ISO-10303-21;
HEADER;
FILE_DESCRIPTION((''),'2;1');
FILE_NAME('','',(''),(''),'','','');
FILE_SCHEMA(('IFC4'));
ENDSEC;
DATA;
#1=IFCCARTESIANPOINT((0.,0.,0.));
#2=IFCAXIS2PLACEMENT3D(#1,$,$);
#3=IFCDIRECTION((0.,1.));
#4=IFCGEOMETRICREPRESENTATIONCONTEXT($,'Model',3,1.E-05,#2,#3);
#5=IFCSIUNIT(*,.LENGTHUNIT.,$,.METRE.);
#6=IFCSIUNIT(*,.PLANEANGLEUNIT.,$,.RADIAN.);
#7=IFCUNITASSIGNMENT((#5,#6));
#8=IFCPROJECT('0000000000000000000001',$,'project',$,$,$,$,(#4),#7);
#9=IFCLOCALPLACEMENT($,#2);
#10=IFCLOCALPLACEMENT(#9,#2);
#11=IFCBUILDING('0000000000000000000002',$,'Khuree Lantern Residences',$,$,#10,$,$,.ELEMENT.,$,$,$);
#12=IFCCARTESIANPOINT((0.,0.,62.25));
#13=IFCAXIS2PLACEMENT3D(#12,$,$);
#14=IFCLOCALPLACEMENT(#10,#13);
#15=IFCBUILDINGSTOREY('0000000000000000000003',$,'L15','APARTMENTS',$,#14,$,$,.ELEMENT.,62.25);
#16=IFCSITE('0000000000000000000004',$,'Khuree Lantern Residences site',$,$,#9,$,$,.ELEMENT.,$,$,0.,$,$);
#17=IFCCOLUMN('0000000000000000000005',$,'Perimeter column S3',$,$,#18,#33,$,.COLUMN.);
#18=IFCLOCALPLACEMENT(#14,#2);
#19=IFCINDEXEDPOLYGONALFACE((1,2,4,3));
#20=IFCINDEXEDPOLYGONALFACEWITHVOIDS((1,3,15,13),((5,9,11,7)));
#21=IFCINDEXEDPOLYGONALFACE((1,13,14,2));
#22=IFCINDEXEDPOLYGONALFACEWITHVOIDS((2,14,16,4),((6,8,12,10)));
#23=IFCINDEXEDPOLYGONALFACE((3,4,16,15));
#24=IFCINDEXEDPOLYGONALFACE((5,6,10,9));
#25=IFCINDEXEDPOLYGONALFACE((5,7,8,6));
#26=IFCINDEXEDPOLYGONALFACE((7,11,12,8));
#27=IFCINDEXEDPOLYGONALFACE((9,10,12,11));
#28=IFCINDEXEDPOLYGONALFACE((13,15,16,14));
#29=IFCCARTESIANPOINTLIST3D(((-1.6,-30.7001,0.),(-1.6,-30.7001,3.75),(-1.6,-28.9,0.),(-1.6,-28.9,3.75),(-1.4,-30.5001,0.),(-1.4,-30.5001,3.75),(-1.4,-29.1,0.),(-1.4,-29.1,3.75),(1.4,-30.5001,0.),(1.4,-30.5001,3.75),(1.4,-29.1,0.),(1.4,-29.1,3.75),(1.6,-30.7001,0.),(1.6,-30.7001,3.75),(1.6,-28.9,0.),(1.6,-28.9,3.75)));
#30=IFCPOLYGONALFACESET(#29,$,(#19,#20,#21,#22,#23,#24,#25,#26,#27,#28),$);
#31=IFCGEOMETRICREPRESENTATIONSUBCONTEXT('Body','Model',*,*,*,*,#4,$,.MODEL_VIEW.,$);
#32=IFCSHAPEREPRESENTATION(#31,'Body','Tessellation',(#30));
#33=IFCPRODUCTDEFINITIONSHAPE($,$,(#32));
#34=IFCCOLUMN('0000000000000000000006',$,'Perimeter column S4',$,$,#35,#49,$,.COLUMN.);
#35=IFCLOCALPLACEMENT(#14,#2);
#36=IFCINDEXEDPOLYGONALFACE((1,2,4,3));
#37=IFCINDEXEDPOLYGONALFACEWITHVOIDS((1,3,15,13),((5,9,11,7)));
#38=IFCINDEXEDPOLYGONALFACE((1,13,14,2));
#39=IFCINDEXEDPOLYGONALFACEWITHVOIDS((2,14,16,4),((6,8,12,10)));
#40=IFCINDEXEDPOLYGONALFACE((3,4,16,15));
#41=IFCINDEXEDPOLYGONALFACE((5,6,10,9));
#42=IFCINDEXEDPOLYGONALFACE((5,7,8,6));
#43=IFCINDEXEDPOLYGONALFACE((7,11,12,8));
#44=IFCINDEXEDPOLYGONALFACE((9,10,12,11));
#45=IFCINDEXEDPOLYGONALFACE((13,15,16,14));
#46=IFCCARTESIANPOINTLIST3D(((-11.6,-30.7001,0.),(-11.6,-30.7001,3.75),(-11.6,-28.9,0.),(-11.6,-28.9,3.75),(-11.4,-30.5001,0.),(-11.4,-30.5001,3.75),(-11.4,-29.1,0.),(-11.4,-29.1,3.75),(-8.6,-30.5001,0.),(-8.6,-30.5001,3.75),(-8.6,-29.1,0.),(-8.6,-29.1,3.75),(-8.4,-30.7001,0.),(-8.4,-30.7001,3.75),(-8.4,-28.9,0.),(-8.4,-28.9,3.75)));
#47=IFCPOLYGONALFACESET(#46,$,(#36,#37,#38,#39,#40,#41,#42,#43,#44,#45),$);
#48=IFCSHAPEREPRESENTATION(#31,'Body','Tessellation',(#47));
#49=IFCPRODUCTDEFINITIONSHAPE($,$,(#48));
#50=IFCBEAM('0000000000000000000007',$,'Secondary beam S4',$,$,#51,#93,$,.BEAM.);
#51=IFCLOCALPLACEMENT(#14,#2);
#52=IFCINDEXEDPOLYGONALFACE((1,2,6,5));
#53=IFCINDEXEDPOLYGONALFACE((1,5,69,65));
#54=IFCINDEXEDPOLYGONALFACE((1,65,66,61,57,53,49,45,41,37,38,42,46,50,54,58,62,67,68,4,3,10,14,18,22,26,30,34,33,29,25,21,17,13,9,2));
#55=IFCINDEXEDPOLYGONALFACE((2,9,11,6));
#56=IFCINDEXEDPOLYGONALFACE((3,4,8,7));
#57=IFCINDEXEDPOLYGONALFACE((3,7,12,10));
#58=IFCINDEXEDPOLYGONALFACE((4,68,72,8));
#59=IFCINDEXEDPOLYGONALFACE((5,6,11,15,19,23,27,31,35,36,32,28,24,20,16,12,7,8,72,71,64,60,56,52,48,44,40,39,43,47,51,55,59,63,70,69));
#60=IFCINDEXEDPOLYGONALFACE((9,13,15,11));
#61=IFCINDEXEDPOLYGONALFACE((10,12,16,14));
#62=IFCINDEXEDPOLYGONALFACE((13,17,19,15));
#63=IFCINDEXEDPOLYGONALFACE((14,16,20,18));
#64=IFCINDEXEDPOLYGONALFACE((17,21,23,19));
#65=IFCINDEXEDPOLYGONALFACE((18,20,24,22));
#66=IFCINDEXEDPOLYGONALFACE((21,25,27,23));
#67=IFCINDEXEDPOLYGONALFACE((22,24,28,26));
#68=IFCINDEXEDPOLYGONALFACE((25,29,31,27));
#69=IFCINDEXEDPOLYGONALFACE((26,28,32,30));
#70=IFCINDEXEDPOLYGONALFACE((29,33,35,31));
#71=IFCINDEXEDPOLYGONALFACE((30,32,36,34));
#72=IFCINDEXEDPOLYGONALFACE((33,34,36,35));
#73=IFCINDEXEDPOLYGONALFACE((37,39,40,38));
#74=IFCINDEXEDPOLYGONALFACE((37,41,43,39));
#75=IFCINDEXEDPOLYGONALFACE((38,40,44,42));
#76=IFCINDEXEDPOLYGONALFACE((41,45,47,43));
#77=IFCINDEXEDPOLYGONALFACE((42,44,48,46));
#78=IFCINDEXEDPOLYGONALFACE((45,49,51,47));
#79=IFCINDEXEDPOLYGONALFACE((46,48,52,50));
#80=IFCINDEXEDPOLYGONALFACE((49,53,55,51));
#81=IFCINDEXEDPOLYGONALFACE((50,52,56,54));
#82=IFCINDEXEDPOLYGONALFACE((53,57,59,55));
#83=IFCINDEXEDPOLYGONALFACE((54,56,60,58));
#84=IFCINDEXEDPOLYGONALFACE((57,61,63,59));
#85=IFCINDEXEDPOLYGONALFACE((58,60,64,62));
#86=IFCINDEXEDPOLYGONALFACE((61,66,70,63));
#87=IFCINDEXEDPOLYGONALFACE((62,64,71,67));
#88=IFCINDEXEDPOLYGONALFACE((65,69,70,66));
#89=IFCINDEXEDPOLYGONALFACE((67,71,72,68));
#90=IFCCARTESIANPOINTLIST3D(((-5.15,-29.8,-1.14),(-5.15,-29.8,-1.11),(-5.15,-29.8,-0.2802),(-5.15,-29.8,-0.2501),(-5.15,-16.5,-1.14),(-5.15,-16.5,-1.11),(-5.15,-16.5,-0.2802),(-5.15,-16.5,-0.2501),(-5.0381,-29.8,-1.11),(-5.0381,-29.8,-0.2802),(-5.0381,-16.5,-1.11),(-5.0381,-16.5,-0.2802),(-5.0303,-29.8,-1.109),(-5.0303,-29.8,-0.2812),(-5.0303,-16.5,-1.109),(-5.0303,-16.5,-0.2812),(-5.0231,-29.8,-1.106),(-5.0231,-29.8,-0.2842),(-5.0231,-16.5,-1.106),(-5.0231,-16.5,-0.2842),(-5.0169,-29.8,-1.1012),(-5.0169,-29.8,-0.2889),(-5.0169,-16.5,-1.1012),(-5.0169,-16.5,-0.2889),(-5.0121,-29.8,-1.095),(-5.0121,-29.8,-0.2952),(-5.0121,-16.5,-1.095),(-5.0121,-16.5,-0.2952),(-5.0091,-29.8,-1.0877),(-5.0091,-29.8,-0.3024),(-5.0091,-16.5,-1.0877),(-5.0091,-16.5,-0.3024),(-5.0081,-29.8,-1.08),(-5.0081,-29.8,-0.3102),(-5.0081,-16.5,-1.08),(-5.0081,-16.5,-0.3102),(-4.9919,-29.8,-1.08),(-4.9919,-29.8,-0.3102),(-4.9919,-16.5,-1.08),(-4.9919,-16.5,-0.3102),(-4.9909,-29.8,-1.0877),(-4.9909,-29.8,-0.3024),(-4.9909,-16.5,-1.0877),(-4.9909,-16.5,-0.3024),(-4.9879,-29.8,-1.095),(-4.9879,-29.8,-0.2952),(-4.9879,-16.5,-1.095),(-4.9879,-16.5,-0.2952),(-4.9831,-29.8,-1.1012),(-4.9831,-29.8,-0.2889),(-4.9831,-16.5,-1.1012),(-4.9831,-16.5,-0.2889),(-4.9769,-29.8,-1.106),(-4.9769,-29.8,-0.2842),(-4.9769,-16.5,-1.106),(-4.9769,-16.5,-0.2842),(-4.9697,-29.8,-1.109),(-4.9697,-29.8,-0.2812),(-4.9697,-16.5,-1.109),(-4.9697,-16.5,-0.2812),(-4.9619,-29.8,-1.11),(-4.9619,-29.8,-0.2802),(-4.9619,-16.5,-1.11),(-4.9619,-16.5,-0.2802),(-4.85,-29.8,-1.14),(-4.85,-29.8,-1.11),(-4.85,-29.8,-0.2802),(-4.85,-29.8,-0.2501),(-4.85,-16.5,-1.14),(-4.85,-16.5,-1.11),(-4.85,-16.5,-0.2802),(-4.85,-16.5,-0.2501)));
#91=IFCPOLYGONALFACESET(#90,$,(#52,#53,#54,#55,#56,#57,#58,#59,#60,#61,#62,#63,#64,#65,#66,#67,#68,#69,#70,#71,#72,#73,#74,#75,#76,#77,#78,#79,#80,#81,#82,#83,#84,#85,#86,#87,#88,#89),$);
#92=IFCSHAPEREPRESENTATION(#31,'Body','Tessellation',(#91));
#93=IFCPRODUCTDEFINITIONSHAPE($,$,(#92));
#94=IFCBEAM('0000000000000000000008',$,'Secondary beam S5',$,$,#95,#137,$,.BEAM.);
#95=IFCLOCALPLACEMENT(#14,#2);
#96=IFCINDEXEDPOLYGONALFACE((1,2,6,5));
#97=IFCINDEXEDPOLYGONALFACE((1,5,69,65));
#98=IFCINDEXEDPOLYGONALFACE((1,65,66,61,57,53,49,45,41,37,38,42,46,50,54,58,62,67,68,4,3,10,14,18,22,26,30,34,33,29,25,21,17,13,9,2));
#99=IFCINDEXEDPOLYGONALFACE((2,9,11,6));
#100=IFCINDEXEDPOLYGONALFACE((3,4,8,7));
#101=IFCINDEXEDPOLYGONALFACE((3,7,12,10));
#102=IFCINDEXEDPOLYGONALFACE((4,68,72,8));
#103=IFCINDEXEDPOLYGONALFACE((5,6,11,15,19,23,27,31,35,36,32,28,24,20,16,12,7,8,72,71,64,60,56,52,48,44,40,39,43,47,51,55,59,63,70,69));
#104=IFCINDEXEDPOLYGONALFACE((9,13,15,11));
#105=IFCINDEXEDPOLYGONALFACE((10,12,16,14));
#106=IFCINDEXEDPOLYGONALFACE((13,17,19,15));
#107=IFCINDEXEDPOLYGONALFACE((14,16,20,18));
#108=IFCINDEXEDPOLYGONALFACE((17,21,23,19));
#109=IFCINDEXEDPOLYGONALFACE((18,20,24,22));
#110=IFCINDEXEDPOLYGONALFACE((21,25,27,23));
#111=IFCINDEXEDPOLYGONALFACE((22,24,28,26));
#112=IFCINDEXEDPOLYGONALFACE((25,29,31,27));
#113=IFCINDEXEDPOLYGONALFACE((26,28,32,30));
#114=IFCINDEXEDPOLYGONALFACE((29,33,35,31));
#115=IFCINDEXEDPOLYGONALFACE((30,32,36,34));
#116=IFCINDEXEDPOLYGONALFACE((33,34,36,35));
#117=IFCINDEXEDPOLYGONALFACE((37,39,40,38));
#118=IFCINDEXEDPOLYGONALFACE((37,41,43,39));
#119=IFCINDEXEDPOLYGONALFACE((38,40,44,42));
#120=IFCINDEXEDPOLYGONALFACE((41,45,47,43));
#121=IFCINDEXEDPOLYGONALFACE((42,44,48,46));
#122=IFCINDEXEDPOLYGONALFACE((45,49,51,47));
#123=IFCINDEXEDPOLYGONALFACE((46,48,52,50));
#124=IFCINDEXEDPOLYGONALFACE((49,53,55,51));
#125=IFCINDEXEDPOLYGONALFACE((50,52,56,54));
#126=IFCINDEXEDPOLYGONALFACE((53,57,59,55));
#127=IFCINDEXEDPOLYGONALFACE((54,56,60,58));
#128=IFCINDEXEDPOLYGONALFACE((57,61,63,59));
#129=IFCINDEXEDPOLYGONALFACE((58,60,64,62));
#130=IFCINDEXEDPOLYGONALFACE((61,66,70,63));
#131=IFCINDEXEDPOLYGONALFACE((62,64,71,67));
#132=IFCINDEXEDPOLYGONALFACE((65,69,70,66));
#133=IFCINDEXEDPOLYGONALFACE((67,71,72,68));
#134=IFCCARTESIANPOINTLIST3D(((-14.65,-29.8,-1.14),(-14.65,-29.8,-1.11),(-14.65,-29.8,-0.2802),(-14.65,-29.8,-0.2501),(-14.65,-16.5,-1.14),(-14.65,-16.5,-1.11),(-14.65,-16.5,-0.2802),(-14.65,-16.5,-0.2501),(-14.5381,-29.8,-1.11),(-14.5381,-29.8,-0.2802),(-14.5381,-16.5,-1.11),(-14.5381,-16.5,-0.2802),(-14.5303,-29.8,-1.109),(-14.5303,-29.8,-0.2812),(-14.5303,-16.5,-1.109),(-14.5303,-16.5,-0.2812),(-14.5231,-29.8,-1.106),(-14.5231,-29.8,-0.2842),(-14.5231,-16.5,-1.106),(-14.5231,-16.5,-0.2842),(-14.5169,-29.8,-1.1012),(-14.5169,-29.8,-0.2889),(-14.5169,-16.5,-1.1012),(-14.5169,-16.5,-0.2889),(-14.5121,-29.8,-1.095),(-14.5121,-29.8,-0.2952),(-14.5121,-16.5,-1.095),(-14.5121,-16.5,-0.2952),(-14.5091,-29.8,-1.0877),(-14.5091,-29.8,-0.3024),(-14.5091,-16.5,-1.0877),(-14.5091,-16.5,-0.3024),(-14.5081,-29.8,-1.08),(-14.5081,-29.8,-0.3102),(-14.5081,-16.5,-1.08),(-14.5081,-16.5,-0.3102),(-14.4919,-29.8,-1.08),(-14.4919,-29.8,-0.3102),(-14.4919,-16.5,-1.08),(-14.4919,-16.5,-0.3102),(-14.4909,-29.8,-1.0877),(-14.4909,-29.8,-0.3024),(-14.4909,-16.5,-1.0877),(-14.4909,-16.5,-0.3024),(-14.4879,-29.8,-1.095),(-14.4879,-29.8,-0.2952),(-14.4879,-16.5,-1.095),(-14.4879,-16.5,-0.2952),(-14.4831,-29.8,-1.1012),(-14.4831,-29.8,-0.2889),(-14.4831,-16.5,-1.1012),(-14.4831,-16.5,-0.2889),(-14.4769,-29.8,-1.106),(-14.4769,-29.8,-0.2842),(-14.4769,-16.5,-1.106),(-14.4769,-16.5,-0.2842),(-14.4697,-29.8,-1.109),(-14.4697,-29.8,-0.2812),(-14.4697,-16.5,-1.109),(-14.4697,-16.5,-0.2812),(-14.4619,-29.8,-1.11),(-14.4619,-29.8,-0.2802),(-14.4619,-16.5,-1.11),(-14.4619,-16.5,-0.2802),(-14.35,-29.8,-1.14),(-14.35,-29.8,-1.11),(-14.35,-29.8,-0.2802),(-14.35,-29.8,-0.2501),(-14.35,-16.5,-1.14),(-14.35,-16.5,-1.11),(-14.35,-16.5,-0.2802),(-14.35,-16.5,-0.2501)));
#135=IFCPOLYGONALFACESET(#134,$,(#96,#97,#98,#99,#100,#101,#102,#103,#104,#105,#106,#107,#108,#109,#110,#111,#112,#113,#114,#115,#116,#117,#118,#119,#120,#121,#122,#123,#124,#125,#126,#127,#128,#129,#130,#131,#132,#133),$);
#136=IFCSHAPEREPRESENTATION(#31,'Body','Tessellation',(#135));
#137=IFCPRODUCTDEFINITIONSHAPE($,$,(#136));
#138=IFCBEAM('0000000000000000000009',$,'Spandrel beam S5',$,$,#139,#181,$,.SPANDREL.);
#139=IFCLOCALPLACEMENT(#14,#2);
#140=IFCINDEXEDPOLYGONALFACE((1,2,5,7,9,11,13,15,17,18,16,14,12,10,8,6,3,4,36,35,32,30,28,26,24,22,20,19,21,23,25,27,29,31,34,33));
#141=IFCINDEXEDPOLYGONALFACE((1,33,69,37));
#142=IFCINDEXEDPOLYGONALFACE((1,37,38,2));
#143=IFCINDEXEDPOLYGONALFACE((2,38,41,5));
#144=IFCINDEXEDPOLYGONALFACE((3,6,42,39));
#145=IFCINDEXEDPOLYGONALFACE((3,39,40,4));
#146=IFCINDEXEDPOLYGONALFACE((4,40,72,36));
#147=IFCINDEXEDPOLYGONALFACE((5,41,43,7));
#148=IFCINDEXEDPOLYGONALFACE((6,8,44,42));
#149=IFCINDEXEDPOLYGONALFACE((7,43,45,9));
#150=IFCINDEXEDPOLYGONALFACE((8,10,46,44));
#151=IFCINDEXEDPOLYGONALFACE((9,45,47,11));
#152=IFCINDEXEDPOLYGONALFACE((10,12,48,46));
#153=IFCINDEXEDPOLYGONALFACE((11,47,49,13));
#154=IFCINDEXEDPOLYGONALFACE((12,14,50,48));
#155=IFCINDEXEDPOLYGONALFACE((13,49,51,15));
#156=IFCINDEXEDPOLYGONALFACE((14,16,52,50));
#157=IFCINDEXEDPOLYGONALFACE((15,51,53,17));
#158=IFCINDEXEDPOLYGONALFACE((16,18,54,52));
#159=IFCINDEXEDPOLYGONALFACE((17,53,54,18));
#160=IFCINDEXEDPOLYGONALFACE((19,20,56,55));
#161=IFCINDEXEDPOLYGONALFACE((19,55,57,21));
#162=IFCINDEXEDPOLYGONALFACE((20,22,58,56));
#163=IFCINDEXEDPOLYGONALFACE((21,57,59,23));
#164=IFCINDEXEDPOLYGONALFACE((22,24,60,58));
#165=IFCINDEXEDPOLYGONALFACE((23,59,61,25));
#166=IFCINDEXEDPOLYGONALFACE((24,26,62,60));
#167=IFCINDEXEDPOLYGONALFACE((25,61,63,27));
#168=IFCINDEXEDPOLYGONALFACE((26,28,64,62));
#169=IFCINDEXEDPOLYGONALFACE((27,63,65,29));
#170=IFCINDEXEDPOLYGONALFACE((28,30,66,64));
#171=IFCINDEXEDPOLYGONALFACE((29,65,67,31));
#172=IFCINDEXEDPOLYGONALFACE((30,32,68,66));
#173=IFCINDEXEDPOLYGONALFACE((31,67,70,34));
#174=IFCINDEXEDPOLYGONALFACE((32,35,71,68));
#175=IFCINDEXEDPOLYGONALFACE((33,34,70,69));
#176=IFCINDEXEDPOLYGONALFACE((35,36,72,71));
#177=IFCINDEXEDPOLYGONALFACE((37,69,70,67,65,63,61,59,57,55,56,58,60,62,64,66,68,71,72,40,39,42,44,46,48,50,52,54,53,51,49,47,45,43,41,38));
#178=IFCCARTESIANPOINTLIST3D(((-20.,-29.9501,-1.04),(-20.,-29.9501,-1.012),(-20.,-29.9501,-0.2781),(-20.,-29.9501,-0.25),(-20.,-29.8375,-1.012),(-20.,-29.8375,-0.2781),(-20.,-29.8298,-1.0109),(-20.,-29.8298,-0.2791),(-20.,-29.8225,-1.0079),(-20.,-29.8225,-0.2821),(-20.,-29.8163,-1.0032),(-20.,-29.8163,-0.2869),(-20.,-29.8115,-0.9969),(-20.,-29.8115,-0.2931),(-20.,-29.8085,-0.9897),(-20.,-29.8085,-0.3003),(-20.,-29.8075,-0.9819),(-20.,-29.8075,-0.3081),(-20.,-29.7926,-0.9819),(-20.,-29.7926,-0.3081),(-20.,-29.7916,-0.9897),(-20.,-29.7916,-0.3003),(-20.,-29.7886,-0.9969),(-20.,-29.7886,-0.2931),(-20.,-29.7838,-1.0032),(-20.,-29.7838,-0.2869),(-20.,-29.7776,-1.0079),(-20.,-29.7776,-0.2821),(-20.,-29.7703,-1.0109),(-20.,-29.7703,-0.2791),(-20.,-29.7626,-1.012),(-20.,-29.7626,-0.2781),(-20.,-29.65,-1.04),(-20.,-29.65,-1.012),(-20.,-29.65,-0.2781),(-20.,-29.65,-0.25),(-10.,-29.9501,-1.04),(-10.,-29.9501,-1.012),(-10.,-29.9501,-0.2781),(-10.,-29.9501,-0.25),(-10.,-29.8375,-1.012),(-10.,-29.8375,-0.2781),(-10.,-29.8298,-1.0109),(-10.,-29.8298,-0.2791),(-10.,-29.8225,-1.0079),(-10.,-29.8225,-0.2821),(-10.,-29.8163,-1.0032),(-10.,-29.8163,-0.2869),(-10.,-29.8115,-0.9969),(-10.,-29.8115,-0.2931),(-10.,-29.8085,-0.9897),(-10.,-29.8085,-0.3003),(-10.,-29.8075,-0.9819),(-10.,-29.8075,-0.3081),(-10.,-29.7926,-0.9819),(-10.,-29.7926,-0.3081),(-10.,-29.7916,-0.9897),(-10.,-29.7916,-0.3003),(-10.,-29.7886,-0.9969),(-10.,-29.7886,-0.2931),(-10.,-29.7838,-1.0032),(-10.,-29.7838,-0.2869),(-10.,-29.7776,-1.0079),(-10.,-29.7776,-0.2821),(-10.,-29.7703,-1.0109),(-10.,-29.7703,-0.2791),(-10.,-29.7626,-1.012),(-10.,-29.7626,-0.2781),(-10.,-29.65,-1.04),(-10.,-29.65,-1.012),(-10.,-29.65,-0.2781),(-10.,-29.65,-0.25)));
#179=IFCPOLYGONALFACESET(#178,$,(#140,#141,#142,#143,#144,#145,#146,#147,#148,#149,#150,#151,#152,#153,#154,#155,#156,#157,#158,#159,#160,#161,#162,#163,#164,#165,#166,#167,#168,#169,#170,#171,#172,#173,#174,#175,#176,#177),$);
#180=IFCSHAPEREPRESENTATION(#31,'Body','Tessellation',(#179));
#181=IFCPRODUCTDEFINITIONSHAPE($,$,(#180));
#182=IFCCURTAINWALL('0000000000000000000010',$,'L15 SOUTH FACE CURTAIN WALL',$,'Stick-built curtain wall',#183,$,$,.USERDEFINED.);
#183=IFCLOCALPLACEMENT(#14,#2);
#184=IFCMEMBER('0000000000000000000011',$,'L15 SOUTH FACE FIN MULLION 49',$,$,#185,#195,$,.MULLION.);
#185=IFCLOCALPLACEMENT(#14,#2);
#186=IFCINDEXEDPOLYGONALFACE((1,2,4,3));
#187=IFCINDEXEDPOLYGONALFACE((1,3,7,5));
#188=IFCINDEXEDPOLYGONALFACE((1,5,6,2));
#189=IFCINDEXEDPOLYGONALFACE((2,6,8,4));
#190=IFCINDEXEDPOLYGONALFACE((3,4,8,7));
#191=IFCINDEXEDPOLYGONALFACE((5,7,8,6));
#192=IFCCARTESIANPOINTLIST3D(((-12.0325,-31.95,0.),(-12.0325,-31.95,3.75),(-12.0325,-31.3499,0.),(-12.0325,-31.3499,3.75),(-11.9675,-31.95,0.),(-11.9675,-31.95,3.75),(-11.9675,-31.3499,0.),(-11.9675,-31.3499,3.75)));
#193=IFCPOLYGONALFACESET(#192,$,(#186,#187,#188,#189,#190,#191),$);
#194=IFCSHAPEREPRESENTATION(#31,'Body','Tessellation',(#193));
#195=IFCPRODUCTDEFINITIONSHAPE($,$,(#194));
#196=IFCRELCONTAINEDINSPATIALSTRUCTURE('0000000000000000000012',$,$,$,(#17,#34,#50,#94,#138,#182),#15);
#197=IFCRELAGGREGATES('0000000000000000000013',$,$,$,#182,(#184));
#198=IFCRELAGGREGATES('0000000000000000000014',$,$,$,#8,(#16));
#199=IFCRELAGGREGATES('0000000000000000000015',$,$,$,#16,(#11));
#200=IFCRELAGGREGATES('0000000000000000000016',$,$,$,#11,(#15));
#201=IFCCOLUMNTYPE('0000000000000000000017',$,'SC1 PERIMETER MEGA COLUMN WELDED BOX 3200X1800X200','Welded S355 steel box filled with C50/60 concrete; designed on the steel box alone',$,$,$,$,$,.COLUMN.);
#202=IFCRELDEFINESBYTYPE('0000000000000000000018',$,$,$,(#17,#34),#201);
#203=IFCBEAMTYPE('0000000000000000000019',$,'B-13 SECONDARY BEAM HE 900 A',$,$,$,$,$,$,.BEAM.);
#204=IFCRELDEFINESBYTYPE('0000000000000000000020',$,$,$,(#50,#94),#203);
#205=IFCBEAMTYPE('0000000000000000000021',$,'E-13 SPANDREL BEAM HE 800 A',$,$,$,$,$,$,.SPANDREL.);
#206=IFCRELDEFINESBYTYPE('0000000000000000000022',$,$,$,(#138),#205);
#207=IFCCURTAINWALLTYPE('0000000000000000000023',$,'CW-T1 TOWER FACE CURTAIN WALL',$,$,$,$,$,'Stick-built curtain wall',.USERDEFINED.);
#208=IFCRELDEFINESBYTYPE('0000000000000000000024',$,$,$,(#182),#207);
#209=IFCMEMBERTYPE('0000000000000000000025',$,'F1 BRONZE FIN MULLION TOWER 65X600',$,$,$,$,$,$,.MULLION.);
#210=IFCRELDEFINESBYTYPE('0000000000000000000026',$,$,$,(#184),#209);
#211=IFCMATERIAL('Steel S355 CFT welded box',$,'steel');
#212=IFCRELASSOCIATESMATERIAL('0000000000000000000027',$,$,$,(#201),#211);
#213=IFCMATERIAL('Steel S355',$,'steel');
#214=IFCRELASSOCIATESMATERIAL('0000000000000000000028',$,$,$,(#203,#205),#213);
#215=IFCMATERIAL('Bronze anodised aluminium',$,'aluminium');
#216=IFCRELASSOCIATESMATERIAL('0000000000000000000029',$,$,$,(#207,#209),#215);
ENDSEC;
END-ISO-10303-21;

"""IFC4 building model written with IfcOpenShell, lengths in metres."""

from ifc_helpers import new_model, si_unit, direction, frame, origin, origin_2d, place, context, subcontext, project, spatial, rectangle, hollow_rectangle, i_section, extrude, material, material_profile, profile_set, type_object, element, aggregate, save


model = new_model("IFC4")

# Units and contexts
model_context = context("Model", 3, precision=1e-05, world=origin(), true_north=direction((0.0, 1.0)))
body_context = subcontext(model_context, "Body", "Model", "MODEL_VIEW")
ifc_project = project(units=[si_unit("LENGTHUNIT", "METRE"), si_unit("PLANEANGLEUNIT", "RADIAN")], contexts=[model_context])

# Site, building, storey
site_placement = place(None, origin())
site = spatial("IfcSite", under=ifc_project, at=site_placement, Name="Khuree Lantern Residences site", CompositionType="ELEMENT", RefElevation=0.0)
building_placement = place(site_placement, origin())
building = spatial("IfcBuilding", under=site, at=building_placement, Name="Khuree Lantern Residences", CompositionType="ELEMENT")
storey_placement = place(building_placement, frame((0.0, 0.0, 62.25)))
storey = spatial("IfcBuildingStorey", under=building, at=storey_placement, Name="L15", Description="APARTMENTS", CompositionType="ELEMENT", Elevation=62.25)

# Columns
ifc_material_1 = material(Name="Steel S355 CFT welded box", Category="steel")
ifc_material_profile_1 = material_profile(ifc_material_1, hollow_rectangle(XDim=3.2, YDim=1.8, WallThickness=0.2, at=origin_2d()), Name="WELDED BOX 3200X1800X200")
ifc_profile_set_1 = profile_set([ifc_material_profile_1], Name="Steel S355 CFT welded box")
column_type = type_object("IfcColumnType", Name="SC1 PERIMETER MEGA COLUMN WELDED BOX 3200X1800X200", Description="Welded S355 steel box filled with C50/60 concrete; designed on the steel box alone", PredefinedType="COLUMN", material=ifc_profile_set_1)
for number, where, z_axis, x_axis, name in (
    (1, (0.0, -29.8, 0.0), (0.0, 0.0, 1.0), (1.0, 0.0, 0.0), "Perimeter column S3"),
    (2, (-10.0, -29.8, 0.0), (0.0, 0.0, 1.0), (1.0, 0.0, 0.0), "Perimeter column S4"),
):
    element("IfcColumn", number, at=place(storey_placement, frame(where, z_axis=z_axis, x_axis=x_axis)), inside=storey, type_object=column_type, Name=name, PredefinedType="COLUMN", context=body_context, shape_type="SweptSolid", body=[
        extrude(hollow_rectangle(XDim=3.2, YDim=1.8, WallThickness=0.2, at=origin_2d()), origin(), (0.0, 0.0, 1.0), 3.75),
    ])

# Beams
ifc_material_2 = material(Name="Steel S355", Category="steel")
ifc_material_profile_2 = material_profile(ifc_material_2, i_section(OverallWidth=0.3, OverallDepth=0.8899, WebThickness=0.0161, FlangeThickness=0.03, FilletRadius=0.03, at=origin_2d()), Name="HE 900 A")
ifc_profile_set_2 = profile_set([ifc_material_profile_2], Name="Steel S355")
beam_type_1 = type_object("IfcBeamType", Name="B-13 SECONDARY BEAM HE 900 A", PredefinedType="BEAM", material=ifc_profile_set_2)
for number, where, z_axis, x_axis, name in (
    (3, (-5.0, -29.8, -0.6951), (0.0, 1.0, 0.0), (-1.0, 0.0, 0.0), "Secondary beam S4"),
    (4, (-14.5, -29.8, -0.6951), (0.0, 1.0, 0.0), (-1.0, 0.0, 0.0), "Secondary beam S5"),
):
    element("IfcBeam", number, at=place(storey_placement, frame(where, z_axis=z_axis, x_axis=x_axis)), inside=storey, type_object=beam_type_1, Name=name, PredefinedType="BEAM", context=body_context, shape_type="SweptSolid", body=[
        extrude(i_section(OverallWidth=0.3, OverallDepth=0.8899, WebThickness=0.0161, FlangeThickness=0.03, FilletRadius=0.03, at=origin_2d()), origin(), (0.0, 0.0, 1.0), 13.3),
    ])
ifc_material_profile_3 = material_profile(ifc_material_2, i_section(OverallWidth=0.3, OverallDepth=0.79, WebThickness=0.0149, FlangeThickness=0.0281, FilletRadius=0.03, at=origin_2d()), Name="HE 800 A")
ifc_profile_set_3 = profile_set([ifc_material_profile_3], Name="Steel S355")
beam_type_2 = type_object("IfcBeamType", Name="E-13 SPANDREL BEAM HE 800 A", PredefinedType="SPANDREL", material=ifc_profile_set_3)
beam_placement = place(storey_placement, frame((-10.0, -29.8, -0.645), z_axis=(-1.0, 0.0, 0.0), x_axis=(0.0, -1.0, 0.0)))
element("IfcBeam", 5, at=beam_placement, inside=storey, type_object=beam_type_2, Name="Spandrel beam S5", PredefinedType="SPANDREL", context=body_context, shape_type="SweptSolid", body=[
    extrude(i_section(OverallWidth=0.3, OverallDepth=0.79, WebThickness=0.0149, FlangeThickness=0.0281, FilletRadius=0.03, at=origin_2d()), origin(), (0.0, 0.0, 1.0), 10.0),
])

# Curtain wall, member
ifc_material_3 = material(Name="Bronze anodised aluminium", Category="aluminium")
curtain_wall_type = type_object("IfcCurtainWallType", Name="CW-T1 TOWER FACE CURTAIN WALL", ElementType="Stick-built curtain wall", PredefinedType="USERDEFINED", material=ifc_material_3)
curtain_wall_placement = place(storey_placement, origin())
curtain_wall = element("IfcCurtainWall", 6, at=curtain_wall_placement, inside=storey, type_object=curtain_wall_type, Name="L15 SOUTH FACE CURTAIN WALL", ObjectType="Stick-built curtain wall", PredefinedType="USERDEFINED")
ifc_material_profile_4 = material_profile(ifc_material_3, rectangle(XDim=0.0649, YDim=0.6001, at=origin_2d()), Name="F1 65X600")
ifc_profile_set_4 = profile_set([ifc_material_profile_4], Name="Bronze anodised aluminium")
member_type_1 = type_object("IfcMemberType", Name="F1 BRONZE FIN MULLION TOWER 65X600", PredefinedType="MULLION", material=ifc_profile_set_4)
member_1_placement = place(storey_placement, frame((-12.0, -31.6499, 0.0), z_axis=(0.0, 0.0, 1.0), x_axis=(1.0, 0.0, 0.0)))
member_1 = element("IfcMember", 7, at=member_1_placement, type_object=member_type_1, Name="L15 SOUTH FACE FIN MULLION 49", PredefinedType="MULLION", context=body_context, shape_type="SweptSolid", body=[
    extrude(rectangle(XDim=0.0649, YDim=0.6001, at=origin_2d()), origin(), (0.0, 0.0, 1.0), 3.75),
])

aggregate(curtain_wall, [member_1])

save(model, "model.ifc")
